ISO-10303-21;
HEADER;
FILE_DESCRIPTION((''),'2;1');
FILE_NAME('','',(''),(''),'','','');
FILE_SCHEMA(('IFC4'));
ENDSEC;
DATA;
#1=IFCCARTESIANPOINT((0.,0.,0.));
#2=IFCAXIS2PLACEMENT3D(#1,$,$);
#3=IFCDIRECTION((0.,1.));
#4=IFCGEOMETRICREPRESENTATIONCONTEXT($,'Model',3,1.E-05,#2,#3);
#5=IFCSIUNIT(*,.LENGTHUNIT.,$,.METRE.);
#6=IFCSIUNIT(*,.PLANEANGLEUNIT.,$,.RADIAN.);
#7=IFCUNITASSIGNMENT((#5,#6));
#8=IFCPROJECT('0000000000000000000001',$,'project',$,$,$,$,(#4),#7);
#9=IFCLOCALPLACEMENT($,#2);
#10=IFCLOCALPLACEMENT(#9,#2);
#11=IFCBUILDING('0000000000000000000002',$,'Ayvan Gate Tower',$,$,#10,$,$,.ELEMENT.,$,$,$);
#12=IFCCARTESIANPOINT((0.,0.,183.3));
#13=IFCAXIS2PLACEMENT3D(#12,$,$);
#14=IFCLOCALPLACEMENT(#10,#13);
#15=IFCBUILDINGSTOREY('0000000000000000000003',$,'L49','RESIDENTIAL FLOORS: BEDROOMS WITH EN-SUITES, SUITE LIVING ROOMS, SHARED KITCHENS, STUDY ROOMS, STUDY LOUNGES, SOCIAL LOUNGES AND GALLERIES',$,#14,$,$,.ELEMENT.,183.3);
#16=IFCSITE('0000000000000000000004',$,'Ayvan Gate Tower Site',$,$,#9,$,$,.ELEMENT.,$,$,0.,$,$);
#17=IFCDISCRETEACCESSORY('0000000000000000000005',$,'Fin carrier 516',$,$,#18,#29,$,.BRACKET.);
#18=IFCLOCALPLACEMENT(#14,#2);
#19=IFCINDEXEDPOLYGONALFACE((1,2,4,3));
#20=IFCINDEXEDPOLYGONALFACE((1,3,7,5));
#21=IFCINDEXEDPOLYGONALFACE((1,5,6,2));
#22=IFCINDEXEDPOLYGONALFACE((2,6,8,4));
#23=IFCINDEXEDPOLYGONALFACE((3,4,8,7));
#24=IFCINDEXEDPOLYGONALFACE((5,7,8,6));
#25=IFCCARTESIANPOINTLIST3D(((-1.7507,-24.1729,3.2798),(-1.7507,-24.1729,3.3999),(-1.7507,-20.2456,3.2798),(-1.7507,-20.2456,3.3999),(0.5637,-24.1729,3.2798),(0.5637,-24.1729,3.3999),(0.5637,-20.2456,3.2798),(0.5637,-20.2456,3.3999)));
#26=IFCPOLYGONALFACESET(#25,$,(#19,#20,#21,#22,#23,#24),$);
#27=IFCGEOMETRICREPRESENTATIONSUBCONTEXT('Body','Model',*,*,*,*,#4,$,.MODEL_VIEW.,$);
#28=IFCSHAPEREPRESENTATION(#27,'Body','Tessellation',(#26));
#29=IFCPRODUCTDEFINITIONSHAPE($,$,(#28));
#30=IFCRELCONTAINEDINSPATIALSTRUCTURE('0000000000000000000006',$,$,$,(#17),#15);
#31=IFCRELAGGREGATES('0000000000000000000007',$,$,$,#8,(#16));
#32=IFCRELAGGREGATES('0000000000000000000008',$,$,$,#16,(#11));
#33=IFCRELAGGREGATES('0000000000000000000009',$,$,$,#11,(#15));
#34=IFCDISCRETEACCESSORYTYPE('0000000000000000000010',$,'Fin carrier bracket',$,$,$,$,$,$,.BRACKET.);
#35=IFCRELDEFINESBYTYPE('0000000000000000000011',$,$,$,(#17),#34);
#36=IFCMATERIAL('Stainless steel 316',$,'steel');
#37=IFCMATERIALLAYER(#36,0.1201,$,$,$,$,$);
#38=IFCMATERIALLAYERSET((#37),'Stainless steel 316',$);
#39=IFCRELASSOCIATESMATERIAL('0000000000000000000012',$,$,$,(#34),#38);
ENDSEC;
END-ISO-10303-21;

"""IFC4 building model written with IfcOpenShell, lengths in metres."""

from ifc_helpers import new_model, si_unit, direction, frame, origin, origin_2d, place, context, subcontext, project, spatial, rectangle, extrude, material, layer, layer_set, type_object, element, save


model = new_model("IFC4")

# Units and contexts
model_context = context("Model", 3, precision=1e-05, world=origin(), true_north=direction((0.0, 1.0)))
body_context = subcontext(model_context, "Body", "Model", "MODEL_VIEW")
ifc_project = project(units=[si_unit("LENGTHUNIT", "METRE"), si_unit("PLANEANGLEUNIT", "RADIAN")], contexts=[model_context])

# Site, building, storey
site_placement = place(None, origin())
site = spatial("IfcSite", under=ifc_project, at=site_placement, Name="Ayvan Gate Tower Site", CompositionType="ELEMENT", RefElevation=0.0)
building_placement = place(site_placement, origin())
building = spatial("IfcBuilding", under=site, at=building_placement, Name="Ayvan Gate Tower", CompositionType="ELEMENT")
storey_placement = place(building_placement, frame((0.0, 0.0, 183.3)))
storey = spatial("IfcBuildingStorey", under=building, at=storey_placement, Name="L49", Description="RESIDENTIAL FLOORS: BEDROOMS WITH EN-SUITES, SUITE LIVING ROOMS, SHARED KITCHENS, STUDY ROOMS, STUDY LOUNGES, SOCIAL LOUNGES AND GALLERIES", CompositionType="ELEMENT", Elevation=183.3)

# Discrete accessory
ifc_material_1 = material(Name="Stainless steel 316", Category="steel")
ifc_layer_1 = layer(ifc_material_1, 0.1201)
ifc_layer_set_1 = layer_set([ifc_layer_1], Name="Stainless steel 316")
discrete_accessory_type = type_object("IfcDiscreteAccessoryType", Name="Fin carrier bracket", PredefinedType="BRACKET", material=ifc_layer_set_1)
discrete_accessory_1_placement = place(storey_placement, frame((-0.5935, -22.2092, 3.2798), z_axis=(0.0, 0.0, 1.0), x_axis=(1.0, 0.0, 0.0)))
element("IfcDiscreteAccessory", 1, at=discrete_accessory_1_placement, inside=storey, type_object=discrete_accessory_type, Name="Fin carrier 516", PredefinedType="BRACKET", context=body_context, shape_type="SweptSolid", body=[
    extrude(rectangle(XDim=2.3145, YDim=3.9272, at=origin_2d()), origin(), (0.0, 0.0, 1.0), 0.1201),
])

save(model, "model.ifc")
